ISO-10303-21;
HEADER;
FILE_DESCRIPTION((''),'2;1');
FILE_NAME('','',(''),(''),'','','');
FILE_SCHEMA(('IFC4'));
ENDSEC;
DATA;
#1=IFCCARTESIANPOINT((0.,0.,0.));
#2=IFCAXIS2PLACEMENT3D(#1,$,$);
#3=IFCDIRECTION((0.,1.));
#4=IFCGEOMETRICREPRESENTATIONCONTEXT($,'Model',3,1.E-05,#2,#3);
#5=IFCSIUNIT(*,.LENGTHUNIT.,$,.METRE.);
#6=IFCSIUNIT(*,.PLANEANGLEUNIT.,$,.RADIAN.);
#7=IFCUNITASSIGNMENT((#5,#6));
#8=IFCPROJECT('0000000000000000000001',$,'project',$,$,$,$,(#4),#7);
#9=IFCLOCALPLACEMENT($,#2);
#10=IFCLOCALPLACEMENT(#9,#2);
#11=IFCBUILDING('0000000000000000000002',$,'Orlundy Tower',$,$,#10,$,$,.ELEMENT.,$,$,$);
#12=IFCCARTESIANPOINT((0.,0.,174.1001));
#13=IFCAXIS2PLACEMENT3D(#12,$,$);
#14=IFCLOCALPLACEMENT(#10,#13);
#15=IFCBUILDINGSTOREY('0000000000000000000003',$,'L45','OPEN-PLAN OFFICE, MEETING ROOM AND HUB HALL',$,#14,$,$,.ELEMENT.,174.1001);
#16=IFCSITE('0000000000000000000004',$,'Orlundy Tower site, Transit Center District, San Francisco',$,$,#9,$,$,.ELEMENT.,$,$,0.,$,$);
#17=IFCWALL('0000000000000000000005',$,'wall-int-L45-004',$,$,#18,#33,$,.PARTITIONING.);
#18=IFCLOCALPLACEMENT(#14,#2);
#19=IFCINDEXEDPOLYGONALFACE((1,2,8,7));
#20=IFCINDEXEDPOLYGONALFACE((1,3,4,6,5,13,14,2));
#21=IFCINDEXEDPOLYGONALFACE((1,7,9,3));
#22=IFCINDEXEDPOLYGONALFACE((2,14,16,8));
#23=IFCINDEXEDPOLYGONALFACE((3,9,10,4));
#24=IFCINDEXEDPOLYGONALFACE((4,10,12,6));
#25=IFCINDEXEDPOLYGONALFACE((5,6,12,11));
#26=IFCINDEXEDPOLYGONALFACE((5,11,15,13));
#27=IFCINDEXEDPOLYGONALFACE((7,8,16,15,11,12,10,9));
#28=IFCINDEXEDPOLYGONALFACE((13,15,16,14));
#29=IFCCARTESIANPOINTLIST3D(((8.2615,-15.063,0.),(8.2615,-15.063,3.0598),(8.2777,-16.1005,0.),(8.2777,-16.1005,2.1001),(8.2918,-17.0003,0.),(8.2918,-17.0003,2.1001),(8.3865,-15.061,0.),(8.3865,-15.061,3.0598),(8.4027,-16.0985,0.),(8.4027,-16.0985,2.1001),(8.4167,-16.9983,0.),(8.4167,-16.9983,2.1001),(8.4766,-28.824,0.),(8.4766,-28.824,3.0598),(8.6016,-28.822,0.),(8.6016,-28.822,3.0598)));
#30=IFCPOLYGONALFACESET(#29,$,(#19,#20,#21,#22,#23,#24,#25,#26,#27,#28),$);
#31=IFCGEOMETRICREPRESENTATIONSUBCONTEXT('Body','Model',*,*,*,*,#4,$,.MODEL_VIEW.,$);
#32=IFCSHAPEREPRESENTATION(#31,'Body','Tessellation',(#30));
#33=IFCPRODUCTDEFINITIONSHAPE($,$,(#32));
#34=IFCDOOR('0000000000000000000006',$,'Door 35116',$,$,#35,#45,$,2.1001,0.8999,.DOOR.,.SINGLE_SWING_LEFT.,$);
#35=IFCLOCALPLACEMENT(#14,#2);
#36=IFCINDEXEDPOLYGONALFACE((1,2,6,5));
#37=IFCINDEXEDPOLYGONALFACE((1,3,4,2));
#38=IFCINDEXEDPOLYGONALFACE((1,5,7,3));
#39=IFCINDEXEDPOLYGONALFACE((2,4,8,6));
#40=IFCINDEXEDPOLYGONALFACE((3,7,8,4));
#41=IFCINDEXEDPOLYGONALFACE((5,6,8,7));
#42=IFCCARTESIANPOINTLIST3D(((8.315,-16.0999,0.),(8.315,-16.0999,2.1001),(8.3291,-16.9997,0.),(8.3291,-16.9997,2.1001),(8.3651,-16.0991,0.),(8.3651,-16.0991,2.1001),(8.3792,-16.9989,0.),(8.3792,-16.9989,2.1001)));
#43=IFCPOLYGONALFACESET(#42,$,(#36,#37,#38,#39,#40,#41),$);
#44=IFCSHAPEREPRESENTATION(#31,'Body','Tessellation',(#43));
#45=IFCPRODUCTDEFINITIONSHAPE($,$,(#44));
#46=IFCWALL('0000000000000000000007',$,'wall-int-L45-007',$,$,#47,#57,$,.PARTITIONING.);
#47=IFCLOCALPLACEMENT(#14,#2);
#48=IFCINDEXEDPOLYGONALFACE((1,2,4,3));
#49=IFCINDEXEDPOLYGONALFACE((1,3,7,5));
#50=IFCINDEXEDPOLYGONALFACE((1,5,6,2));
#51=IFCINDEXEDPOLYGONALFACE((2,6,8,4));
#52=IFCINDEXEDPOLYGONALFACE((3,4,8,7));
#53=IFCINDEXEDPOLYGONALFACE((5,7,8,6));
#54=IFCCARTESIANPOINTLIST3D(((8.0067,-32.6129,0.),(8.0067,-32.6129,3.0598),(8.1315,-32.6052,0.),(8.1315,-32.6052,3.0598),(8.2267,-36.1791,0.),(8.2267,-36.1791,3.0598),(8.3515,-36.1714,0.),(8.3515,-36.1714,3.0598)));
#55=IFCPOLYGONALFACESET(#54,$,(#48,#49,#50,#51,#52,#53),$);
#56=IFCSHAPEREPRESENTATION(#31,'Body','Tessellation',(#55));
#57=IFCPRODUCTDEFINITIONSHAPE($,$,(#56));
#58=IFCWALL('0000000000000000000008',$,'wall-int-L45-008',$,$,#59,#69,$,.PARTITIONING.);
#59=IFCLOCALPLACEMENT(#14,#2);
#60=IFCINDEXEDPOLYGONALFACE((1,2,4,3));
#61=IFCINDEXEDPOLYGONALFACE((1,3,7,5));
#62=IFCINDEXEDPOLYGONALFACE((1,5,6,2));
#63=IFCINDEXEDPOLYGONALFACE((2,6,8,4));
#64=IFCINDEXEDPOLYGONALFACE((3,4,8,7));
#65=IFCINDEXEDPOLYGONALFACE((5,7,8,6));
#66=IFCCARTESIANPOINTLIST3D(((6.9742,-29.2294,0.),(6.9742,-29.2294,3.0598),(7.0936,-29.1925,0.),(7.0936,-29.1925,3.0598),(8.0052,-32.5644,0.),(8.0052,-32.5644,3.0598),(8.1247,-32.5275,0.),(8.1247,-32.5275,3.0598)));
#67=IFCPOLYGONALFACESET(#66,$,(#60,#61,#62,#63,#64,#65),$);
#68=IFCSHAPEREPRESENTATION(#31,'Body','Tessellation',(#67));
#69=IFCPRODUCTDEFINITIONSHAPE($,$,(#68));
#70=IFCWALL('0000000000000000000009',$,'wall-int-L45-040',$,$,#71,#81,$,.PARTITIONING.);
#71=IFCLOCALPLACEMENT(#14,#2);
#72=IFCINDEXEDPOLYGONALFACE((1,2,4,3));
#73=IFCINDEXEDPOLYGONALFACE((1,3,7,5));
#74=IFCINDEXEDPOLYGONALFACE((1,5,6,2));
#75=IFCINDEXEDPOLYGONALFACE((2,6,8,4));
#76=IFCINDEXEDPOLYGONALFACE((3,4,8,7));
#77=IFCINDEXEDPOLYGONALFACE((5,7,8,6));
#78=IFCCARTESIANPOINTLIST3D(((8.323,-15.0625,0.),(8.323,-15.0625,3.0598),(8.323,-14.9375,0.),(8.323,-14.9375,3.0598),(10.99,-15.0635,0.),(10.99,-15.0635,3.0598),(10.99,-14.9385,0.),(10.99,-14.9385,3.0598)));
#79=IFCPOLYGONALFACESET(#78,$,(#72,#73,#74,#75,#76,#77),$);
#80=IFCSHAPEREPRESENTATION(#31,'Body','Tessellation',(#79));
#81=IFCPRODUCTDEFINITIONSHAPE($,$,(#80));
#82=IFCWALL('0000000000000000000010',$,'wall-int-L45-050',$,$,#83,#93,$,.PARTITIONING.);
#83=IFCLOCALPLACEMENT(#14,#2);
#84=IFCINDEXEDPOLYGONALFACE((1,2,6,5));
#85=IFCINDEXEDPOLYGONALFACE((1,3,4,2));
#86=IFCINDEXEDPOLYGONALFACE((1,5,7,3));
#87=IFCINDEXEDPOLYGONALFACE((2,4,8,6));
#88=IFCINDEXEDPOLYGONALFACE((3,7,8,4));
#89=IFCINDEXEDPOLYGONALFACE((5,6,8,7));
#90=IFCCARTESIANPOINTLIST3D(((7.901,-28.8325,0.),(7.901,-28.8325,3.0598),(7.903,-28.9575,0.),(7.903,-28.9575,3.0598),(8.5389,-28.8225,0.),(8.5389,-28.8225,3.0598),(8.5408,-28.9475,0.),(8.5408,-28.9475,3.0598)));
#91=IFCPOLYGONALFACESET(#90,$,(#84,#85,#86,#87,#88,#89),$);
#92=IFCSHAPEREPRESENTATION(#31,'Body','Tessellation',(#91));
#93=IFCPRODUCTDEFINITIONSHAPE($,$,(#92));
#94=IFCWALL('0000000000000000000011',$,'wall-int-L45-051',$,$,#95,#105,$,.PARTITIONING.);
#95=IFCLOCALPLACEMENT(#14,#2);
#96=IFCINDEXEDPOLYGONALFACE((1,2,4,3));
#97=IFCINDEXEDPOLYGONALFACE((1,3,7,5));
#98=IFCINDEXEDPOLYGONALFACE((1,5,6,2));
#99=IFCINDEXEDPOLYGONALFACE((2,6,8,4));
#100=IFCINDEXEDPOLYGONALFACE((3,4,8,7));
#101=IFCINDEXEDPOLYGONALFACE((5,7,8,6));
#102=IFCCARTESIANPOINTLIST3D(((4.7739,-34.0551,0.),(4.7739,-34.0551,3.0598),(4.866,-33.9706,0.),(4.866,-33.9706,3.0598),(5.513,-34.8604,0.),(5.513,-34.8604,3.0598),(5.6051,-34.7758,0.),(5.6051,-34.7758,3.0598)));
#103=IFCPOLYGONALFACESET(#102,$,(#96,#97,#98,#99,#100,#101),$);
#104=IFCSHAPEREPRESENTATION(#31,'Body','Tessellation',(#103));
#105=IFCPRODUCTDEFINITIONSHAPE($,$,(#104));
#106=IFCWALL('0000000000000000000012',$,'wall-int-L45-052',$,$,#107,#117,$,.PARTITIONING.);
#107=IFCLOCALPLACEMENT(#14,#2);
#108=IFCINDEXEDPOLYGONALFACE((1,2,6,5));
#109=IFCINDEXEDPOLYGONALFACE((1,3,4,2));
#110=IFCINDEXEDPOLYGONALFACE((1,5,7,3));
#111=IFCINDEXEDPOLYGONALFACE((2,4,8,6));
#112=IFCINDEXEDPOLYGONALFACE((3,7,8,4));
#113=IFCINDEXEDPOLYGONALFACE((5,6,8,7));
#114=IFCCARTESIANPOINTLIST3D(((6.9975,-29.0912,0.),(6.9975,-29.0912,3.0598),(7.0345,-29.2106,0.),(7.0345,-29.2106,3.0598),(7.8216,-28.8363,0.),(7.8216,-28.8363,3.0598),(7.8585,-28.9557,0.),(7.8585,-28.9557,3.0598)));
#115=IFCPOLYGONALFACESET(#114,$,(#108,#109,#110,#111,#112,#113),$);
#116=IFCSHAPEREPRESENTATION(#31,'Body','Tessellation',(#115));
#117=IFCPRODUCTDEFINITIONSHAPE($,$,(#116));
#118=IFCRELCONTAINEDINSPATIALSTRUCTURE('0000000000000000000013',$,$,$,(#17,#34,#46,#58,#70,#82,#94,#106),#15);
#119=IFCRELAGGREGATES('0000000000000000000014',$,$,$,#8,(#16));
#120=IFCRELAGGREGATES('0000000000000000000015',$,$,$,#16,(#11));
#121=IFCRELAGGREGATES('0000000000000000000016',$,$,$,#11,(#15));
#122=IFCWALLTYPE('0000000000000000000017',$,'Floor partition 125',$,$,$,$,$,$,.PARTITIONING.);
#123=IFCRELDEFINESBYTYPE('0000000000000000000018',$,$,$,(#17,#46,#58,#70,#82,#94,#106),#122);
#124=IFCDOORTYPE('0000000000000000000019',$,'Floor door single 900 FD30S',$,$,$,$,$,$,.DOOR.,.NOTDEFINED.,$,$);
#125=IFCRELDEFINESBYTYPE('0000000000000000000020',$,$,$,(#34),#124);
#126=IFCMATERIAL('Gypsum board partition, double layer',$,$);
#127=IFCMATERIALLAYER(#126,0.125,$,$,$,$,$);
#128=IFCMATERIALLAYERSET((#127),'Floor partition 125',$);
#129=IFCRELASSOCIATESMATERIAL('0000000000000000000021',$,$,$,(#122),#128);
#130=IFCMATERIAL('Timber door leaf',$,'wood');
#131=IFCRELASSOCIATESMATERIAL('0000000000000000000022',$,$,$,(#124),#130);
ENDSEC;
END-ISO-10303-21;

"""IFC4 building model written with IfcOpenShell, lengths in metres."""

from ifc_helpers import new_model, si_unit, direction, frame, frame_2d, origin, place, context, subcontext, project, spatial, rectangle, extrude, material, layer, layer_set, type_object, element, fill, save


model = new_model("IFC4")

# Units and contexts
model_context = context("Model", 3, precision=1e-05, world=origin(), true_north=direction((0.0, 1.0)))
body_context = subcontext(model_context, "Body", "Model", "MODEL_VIEW")
ifc_project = project(units=[si_unit("LENGTHUNIT", "METRE"), si_unit("PLANEANGLEUNIT", "RADIAN")], contexts=[model_context])

# Site, building, storey
site_placement = place(None, origin())
site = spatial("IfcSite", under=ifc_project, at=site_placement, Name="Orlundy Tower site, Transit Center District, San Francisco", CompositionType="ELEMENT", RefElevation=0.0)
building_placement = place(site_placement, origin())
building = spatial("IfcBuilding", under=site, at=building_placement, Name="Orlundy Tower", CompositionType="ELEMENT")
storey_placement = place(building_placement, frame((0.0, 0.0, 174.1001)))
storey = spatial("IfcBuildingStorey", under=building, at=storey_placement, Name="L45", Description="OPEN-PLAN OFFICE, MEETING ROOM AND HUB HALL", CompositionType="ELEMENT", Elevation=174.1001)

# Shared definitions
ifc_material_1 = material(Name="Gypsum board partition, double layer")
ifc_layer_1 = layer(ifc_material_1, 0.125)
ifc_layer_set_1 = layer_set([ifc_layer_1], Name="Floor partition 125")
wall_type_1 = type_object("IfcWallType", Name="Floor partition 125", PredefinedType="PARTITIONING", material=ifc_layer_set_1)

# Wall, opening, door
ifc_material_2 = material(Name="Timber door leaf", Category="wood")
door_type_1 = type_object("IfcDoorType", Name="Floor door single 900 FD30S", OperationType="NOTDEFINED", PredefinedType="DOOR", material=ifc_material_2)
wall_1_placement = place(storey_placement, frame((8.324, -15.062, 0.0), z_axis=(0.0, 0.0, 1.0), x_axis=(0.015628, -0.999878, 0.0)))
wall_1 = element("IfcWall", 1, at=wall_1_placement, inside=storey, type_object=wall_type_1, Name="wall-int-L45-004", PredefinedType="PARTITIONING", context=body_context, shape_type="SweptSolid", body=[
    extrude(rectangle(XDim=13.7627, YDim=0.125, at=frame_2d((6.8813, 0.0))), origin(), (0.0, 0.0, 1.0), 3.0598),
])
opening_1_placement = place(wall_1_placement, frame((1.0376, 0.0, 0.0)))
opening_1 = element("IfcOpeningElement", 2, at=opening_1_placement, cuts=wall_1, PredefinedType="OPENING", context=body_context, shape_type="SweptSolid", body=[
    extrude(rectangle(XDim=0.8999, YDim=2.1001, at=frame_2d((0.45, 1.05))), frame((0.0, 0.0725, 0.0), z_axis=(0.0, -1.0, 0.0), x_axis=(1.0, 0.0, 0.0)), (0.0, 0.0, 1.0), 0.145),
])
door_1_placement = place(opening_1_placement, origin())
door_1 = element("IfcDoor", 3, at=door_1_placement, inside=storey, type_object=door_type_1, Name="Door 35116", OperationType="SINGLE_SWING_LEFT", OverallHeight=2.1001, OverallWidth=0.8999, PredefinedType="DOOR", context=body_context, shape_type="SweptSolid", body=[
    extrude(rectangle(XDim=0.8999, YDim=2.1001, at=frame_2d((0.45, 1.05))), frame((0.0, 0.0249, 0.0), z_axis=(0.0, -1.0, 0.0), x_axis=(1.0, 0.0, 0.0)), (0.0, 0.0, 1.0), 0.05),
])
fill(opening_1, door_1)

# Walls
wall_2_placement = place(storey_placement, frame((8.0691, -32.6089, 0.0), z_axis=(0.0, 0.0, 1.0), x_axis=(0.061566, -0.998103, 0.0)))
element("IfcWall", 4, at=wall_2_placement, inside=storey, type_object=wall_type_1, Name="wall-int-L45-007", PredefinedType="PARTITIONING", context=body_context, shape_type="SweptSolid", body=[
    extrude(rectangle(XDim=3.573, YDim=0.125, at=frame_2d((1.7866, 0.0))), origin(), (0.0, 0.0, 1.0), 3.0598),
])
wall_3_placement = place(storey_placement, frame((7.0339, -29.2109, 0.0), z_axis=(0.0, 0.0, 1.0), x_axis=(0.295359, -0.955386, 0.0)))
element("IfcWall", 5, at=wall_3_placement, inside=storey, type_object=wall_type_1, Name="wall-int-L45-008", PredefinedType="PARTITIONING", context=body_context, shape_type="SweptSolid", body=[
    extrude(rectangle(XDim=3.4907, YDim=0.125, at=frame_2d((1.7454, 0.0))), origin(), (0.0, 0.0, 1.0), 3.0598),
])
wall_4_placement = place(storey_placement, frame((8.323, -15.0, 0.0), z_axis=(0.0, 0.0, 1.0), x_axis=(1.0, -0.000366, 0.0)))
element("IfcWall", 6, at=wall_4_placement, inside=storey, type_object=wall_type_1, Name="wall-int-L45-040", PredefinedType="PARTITIONING", context=body_context, shape_type="SweptSolid", body=[
    extrude(rectangle(XDim=2.667, YDim=0.125, at=frame_2d((1.3335, 0.0))), origin(), (0.0, 0.0, 1.0), 3.0598),
])
wall_5_placement = place(storey_placement, frame((7.9021, -28.895, 0.0), z_axis=(0.0, 0.0, 1.0), x_axis=(0.999877, 0.015689, 0.0)))
element("IfcWall", 7, at=wall_5_placement, inside=storey, type_object=wall_type_1, Name="wall-int-L45-050", PredefinedType="PARTITIONING", context=body_context, shape_type="SweptSolid", body=[
    extrude(rectangle(XDim=0.6379, YDim=0.125, at=frame_2d((0.3188, 0.0))), origin(), (0.0, 0.0, 1.0), 3.0598),
])
wall_6_placement = place(storey_placement, frame((4.8201, -34.0129, 0.0), z_axis=(0.0, 0.0, 1.0), x_axis=(0.67619, -0.736727, 0.0)))
element("IfcWall", 8, at=wall_6_placement, inside=storey, type_object=wall_type_1, Name="wall-int-L45-051", PredefinedType="PARTITIONING", context=body_context, shape_type="SweptSolid", body=[
    extrude(rectangle(XDim=1.093, YDim=0.125, at=frame_2d((0.5464, 0.0))), origin(), (0.0, 0.0, 1.0), 3.0598),
])
wall_7_placement = place(storey_placement, frame((7.0161, -29.1509, 0.0), z_axis=(0.0, 0.0, 1.0), x_axis=(0.955337, 0.295518, 0.0)))
element("IfcWall", 9, at=wall_7_placement, inside=storey, type_object=wall_type_1, Name="wall-int-L45-052", PredefinedType="PARTITIONING", context=body_context, shape_type="SweptSolid", body=[
    extrude(rectangle(XDim=0.8625, YDim=0.125, at=frame_2d((0.4312, 0.0))), origin(), (0.0, 0.0, 1.0), 3.0598),
])

save(model, "model.ifc")
